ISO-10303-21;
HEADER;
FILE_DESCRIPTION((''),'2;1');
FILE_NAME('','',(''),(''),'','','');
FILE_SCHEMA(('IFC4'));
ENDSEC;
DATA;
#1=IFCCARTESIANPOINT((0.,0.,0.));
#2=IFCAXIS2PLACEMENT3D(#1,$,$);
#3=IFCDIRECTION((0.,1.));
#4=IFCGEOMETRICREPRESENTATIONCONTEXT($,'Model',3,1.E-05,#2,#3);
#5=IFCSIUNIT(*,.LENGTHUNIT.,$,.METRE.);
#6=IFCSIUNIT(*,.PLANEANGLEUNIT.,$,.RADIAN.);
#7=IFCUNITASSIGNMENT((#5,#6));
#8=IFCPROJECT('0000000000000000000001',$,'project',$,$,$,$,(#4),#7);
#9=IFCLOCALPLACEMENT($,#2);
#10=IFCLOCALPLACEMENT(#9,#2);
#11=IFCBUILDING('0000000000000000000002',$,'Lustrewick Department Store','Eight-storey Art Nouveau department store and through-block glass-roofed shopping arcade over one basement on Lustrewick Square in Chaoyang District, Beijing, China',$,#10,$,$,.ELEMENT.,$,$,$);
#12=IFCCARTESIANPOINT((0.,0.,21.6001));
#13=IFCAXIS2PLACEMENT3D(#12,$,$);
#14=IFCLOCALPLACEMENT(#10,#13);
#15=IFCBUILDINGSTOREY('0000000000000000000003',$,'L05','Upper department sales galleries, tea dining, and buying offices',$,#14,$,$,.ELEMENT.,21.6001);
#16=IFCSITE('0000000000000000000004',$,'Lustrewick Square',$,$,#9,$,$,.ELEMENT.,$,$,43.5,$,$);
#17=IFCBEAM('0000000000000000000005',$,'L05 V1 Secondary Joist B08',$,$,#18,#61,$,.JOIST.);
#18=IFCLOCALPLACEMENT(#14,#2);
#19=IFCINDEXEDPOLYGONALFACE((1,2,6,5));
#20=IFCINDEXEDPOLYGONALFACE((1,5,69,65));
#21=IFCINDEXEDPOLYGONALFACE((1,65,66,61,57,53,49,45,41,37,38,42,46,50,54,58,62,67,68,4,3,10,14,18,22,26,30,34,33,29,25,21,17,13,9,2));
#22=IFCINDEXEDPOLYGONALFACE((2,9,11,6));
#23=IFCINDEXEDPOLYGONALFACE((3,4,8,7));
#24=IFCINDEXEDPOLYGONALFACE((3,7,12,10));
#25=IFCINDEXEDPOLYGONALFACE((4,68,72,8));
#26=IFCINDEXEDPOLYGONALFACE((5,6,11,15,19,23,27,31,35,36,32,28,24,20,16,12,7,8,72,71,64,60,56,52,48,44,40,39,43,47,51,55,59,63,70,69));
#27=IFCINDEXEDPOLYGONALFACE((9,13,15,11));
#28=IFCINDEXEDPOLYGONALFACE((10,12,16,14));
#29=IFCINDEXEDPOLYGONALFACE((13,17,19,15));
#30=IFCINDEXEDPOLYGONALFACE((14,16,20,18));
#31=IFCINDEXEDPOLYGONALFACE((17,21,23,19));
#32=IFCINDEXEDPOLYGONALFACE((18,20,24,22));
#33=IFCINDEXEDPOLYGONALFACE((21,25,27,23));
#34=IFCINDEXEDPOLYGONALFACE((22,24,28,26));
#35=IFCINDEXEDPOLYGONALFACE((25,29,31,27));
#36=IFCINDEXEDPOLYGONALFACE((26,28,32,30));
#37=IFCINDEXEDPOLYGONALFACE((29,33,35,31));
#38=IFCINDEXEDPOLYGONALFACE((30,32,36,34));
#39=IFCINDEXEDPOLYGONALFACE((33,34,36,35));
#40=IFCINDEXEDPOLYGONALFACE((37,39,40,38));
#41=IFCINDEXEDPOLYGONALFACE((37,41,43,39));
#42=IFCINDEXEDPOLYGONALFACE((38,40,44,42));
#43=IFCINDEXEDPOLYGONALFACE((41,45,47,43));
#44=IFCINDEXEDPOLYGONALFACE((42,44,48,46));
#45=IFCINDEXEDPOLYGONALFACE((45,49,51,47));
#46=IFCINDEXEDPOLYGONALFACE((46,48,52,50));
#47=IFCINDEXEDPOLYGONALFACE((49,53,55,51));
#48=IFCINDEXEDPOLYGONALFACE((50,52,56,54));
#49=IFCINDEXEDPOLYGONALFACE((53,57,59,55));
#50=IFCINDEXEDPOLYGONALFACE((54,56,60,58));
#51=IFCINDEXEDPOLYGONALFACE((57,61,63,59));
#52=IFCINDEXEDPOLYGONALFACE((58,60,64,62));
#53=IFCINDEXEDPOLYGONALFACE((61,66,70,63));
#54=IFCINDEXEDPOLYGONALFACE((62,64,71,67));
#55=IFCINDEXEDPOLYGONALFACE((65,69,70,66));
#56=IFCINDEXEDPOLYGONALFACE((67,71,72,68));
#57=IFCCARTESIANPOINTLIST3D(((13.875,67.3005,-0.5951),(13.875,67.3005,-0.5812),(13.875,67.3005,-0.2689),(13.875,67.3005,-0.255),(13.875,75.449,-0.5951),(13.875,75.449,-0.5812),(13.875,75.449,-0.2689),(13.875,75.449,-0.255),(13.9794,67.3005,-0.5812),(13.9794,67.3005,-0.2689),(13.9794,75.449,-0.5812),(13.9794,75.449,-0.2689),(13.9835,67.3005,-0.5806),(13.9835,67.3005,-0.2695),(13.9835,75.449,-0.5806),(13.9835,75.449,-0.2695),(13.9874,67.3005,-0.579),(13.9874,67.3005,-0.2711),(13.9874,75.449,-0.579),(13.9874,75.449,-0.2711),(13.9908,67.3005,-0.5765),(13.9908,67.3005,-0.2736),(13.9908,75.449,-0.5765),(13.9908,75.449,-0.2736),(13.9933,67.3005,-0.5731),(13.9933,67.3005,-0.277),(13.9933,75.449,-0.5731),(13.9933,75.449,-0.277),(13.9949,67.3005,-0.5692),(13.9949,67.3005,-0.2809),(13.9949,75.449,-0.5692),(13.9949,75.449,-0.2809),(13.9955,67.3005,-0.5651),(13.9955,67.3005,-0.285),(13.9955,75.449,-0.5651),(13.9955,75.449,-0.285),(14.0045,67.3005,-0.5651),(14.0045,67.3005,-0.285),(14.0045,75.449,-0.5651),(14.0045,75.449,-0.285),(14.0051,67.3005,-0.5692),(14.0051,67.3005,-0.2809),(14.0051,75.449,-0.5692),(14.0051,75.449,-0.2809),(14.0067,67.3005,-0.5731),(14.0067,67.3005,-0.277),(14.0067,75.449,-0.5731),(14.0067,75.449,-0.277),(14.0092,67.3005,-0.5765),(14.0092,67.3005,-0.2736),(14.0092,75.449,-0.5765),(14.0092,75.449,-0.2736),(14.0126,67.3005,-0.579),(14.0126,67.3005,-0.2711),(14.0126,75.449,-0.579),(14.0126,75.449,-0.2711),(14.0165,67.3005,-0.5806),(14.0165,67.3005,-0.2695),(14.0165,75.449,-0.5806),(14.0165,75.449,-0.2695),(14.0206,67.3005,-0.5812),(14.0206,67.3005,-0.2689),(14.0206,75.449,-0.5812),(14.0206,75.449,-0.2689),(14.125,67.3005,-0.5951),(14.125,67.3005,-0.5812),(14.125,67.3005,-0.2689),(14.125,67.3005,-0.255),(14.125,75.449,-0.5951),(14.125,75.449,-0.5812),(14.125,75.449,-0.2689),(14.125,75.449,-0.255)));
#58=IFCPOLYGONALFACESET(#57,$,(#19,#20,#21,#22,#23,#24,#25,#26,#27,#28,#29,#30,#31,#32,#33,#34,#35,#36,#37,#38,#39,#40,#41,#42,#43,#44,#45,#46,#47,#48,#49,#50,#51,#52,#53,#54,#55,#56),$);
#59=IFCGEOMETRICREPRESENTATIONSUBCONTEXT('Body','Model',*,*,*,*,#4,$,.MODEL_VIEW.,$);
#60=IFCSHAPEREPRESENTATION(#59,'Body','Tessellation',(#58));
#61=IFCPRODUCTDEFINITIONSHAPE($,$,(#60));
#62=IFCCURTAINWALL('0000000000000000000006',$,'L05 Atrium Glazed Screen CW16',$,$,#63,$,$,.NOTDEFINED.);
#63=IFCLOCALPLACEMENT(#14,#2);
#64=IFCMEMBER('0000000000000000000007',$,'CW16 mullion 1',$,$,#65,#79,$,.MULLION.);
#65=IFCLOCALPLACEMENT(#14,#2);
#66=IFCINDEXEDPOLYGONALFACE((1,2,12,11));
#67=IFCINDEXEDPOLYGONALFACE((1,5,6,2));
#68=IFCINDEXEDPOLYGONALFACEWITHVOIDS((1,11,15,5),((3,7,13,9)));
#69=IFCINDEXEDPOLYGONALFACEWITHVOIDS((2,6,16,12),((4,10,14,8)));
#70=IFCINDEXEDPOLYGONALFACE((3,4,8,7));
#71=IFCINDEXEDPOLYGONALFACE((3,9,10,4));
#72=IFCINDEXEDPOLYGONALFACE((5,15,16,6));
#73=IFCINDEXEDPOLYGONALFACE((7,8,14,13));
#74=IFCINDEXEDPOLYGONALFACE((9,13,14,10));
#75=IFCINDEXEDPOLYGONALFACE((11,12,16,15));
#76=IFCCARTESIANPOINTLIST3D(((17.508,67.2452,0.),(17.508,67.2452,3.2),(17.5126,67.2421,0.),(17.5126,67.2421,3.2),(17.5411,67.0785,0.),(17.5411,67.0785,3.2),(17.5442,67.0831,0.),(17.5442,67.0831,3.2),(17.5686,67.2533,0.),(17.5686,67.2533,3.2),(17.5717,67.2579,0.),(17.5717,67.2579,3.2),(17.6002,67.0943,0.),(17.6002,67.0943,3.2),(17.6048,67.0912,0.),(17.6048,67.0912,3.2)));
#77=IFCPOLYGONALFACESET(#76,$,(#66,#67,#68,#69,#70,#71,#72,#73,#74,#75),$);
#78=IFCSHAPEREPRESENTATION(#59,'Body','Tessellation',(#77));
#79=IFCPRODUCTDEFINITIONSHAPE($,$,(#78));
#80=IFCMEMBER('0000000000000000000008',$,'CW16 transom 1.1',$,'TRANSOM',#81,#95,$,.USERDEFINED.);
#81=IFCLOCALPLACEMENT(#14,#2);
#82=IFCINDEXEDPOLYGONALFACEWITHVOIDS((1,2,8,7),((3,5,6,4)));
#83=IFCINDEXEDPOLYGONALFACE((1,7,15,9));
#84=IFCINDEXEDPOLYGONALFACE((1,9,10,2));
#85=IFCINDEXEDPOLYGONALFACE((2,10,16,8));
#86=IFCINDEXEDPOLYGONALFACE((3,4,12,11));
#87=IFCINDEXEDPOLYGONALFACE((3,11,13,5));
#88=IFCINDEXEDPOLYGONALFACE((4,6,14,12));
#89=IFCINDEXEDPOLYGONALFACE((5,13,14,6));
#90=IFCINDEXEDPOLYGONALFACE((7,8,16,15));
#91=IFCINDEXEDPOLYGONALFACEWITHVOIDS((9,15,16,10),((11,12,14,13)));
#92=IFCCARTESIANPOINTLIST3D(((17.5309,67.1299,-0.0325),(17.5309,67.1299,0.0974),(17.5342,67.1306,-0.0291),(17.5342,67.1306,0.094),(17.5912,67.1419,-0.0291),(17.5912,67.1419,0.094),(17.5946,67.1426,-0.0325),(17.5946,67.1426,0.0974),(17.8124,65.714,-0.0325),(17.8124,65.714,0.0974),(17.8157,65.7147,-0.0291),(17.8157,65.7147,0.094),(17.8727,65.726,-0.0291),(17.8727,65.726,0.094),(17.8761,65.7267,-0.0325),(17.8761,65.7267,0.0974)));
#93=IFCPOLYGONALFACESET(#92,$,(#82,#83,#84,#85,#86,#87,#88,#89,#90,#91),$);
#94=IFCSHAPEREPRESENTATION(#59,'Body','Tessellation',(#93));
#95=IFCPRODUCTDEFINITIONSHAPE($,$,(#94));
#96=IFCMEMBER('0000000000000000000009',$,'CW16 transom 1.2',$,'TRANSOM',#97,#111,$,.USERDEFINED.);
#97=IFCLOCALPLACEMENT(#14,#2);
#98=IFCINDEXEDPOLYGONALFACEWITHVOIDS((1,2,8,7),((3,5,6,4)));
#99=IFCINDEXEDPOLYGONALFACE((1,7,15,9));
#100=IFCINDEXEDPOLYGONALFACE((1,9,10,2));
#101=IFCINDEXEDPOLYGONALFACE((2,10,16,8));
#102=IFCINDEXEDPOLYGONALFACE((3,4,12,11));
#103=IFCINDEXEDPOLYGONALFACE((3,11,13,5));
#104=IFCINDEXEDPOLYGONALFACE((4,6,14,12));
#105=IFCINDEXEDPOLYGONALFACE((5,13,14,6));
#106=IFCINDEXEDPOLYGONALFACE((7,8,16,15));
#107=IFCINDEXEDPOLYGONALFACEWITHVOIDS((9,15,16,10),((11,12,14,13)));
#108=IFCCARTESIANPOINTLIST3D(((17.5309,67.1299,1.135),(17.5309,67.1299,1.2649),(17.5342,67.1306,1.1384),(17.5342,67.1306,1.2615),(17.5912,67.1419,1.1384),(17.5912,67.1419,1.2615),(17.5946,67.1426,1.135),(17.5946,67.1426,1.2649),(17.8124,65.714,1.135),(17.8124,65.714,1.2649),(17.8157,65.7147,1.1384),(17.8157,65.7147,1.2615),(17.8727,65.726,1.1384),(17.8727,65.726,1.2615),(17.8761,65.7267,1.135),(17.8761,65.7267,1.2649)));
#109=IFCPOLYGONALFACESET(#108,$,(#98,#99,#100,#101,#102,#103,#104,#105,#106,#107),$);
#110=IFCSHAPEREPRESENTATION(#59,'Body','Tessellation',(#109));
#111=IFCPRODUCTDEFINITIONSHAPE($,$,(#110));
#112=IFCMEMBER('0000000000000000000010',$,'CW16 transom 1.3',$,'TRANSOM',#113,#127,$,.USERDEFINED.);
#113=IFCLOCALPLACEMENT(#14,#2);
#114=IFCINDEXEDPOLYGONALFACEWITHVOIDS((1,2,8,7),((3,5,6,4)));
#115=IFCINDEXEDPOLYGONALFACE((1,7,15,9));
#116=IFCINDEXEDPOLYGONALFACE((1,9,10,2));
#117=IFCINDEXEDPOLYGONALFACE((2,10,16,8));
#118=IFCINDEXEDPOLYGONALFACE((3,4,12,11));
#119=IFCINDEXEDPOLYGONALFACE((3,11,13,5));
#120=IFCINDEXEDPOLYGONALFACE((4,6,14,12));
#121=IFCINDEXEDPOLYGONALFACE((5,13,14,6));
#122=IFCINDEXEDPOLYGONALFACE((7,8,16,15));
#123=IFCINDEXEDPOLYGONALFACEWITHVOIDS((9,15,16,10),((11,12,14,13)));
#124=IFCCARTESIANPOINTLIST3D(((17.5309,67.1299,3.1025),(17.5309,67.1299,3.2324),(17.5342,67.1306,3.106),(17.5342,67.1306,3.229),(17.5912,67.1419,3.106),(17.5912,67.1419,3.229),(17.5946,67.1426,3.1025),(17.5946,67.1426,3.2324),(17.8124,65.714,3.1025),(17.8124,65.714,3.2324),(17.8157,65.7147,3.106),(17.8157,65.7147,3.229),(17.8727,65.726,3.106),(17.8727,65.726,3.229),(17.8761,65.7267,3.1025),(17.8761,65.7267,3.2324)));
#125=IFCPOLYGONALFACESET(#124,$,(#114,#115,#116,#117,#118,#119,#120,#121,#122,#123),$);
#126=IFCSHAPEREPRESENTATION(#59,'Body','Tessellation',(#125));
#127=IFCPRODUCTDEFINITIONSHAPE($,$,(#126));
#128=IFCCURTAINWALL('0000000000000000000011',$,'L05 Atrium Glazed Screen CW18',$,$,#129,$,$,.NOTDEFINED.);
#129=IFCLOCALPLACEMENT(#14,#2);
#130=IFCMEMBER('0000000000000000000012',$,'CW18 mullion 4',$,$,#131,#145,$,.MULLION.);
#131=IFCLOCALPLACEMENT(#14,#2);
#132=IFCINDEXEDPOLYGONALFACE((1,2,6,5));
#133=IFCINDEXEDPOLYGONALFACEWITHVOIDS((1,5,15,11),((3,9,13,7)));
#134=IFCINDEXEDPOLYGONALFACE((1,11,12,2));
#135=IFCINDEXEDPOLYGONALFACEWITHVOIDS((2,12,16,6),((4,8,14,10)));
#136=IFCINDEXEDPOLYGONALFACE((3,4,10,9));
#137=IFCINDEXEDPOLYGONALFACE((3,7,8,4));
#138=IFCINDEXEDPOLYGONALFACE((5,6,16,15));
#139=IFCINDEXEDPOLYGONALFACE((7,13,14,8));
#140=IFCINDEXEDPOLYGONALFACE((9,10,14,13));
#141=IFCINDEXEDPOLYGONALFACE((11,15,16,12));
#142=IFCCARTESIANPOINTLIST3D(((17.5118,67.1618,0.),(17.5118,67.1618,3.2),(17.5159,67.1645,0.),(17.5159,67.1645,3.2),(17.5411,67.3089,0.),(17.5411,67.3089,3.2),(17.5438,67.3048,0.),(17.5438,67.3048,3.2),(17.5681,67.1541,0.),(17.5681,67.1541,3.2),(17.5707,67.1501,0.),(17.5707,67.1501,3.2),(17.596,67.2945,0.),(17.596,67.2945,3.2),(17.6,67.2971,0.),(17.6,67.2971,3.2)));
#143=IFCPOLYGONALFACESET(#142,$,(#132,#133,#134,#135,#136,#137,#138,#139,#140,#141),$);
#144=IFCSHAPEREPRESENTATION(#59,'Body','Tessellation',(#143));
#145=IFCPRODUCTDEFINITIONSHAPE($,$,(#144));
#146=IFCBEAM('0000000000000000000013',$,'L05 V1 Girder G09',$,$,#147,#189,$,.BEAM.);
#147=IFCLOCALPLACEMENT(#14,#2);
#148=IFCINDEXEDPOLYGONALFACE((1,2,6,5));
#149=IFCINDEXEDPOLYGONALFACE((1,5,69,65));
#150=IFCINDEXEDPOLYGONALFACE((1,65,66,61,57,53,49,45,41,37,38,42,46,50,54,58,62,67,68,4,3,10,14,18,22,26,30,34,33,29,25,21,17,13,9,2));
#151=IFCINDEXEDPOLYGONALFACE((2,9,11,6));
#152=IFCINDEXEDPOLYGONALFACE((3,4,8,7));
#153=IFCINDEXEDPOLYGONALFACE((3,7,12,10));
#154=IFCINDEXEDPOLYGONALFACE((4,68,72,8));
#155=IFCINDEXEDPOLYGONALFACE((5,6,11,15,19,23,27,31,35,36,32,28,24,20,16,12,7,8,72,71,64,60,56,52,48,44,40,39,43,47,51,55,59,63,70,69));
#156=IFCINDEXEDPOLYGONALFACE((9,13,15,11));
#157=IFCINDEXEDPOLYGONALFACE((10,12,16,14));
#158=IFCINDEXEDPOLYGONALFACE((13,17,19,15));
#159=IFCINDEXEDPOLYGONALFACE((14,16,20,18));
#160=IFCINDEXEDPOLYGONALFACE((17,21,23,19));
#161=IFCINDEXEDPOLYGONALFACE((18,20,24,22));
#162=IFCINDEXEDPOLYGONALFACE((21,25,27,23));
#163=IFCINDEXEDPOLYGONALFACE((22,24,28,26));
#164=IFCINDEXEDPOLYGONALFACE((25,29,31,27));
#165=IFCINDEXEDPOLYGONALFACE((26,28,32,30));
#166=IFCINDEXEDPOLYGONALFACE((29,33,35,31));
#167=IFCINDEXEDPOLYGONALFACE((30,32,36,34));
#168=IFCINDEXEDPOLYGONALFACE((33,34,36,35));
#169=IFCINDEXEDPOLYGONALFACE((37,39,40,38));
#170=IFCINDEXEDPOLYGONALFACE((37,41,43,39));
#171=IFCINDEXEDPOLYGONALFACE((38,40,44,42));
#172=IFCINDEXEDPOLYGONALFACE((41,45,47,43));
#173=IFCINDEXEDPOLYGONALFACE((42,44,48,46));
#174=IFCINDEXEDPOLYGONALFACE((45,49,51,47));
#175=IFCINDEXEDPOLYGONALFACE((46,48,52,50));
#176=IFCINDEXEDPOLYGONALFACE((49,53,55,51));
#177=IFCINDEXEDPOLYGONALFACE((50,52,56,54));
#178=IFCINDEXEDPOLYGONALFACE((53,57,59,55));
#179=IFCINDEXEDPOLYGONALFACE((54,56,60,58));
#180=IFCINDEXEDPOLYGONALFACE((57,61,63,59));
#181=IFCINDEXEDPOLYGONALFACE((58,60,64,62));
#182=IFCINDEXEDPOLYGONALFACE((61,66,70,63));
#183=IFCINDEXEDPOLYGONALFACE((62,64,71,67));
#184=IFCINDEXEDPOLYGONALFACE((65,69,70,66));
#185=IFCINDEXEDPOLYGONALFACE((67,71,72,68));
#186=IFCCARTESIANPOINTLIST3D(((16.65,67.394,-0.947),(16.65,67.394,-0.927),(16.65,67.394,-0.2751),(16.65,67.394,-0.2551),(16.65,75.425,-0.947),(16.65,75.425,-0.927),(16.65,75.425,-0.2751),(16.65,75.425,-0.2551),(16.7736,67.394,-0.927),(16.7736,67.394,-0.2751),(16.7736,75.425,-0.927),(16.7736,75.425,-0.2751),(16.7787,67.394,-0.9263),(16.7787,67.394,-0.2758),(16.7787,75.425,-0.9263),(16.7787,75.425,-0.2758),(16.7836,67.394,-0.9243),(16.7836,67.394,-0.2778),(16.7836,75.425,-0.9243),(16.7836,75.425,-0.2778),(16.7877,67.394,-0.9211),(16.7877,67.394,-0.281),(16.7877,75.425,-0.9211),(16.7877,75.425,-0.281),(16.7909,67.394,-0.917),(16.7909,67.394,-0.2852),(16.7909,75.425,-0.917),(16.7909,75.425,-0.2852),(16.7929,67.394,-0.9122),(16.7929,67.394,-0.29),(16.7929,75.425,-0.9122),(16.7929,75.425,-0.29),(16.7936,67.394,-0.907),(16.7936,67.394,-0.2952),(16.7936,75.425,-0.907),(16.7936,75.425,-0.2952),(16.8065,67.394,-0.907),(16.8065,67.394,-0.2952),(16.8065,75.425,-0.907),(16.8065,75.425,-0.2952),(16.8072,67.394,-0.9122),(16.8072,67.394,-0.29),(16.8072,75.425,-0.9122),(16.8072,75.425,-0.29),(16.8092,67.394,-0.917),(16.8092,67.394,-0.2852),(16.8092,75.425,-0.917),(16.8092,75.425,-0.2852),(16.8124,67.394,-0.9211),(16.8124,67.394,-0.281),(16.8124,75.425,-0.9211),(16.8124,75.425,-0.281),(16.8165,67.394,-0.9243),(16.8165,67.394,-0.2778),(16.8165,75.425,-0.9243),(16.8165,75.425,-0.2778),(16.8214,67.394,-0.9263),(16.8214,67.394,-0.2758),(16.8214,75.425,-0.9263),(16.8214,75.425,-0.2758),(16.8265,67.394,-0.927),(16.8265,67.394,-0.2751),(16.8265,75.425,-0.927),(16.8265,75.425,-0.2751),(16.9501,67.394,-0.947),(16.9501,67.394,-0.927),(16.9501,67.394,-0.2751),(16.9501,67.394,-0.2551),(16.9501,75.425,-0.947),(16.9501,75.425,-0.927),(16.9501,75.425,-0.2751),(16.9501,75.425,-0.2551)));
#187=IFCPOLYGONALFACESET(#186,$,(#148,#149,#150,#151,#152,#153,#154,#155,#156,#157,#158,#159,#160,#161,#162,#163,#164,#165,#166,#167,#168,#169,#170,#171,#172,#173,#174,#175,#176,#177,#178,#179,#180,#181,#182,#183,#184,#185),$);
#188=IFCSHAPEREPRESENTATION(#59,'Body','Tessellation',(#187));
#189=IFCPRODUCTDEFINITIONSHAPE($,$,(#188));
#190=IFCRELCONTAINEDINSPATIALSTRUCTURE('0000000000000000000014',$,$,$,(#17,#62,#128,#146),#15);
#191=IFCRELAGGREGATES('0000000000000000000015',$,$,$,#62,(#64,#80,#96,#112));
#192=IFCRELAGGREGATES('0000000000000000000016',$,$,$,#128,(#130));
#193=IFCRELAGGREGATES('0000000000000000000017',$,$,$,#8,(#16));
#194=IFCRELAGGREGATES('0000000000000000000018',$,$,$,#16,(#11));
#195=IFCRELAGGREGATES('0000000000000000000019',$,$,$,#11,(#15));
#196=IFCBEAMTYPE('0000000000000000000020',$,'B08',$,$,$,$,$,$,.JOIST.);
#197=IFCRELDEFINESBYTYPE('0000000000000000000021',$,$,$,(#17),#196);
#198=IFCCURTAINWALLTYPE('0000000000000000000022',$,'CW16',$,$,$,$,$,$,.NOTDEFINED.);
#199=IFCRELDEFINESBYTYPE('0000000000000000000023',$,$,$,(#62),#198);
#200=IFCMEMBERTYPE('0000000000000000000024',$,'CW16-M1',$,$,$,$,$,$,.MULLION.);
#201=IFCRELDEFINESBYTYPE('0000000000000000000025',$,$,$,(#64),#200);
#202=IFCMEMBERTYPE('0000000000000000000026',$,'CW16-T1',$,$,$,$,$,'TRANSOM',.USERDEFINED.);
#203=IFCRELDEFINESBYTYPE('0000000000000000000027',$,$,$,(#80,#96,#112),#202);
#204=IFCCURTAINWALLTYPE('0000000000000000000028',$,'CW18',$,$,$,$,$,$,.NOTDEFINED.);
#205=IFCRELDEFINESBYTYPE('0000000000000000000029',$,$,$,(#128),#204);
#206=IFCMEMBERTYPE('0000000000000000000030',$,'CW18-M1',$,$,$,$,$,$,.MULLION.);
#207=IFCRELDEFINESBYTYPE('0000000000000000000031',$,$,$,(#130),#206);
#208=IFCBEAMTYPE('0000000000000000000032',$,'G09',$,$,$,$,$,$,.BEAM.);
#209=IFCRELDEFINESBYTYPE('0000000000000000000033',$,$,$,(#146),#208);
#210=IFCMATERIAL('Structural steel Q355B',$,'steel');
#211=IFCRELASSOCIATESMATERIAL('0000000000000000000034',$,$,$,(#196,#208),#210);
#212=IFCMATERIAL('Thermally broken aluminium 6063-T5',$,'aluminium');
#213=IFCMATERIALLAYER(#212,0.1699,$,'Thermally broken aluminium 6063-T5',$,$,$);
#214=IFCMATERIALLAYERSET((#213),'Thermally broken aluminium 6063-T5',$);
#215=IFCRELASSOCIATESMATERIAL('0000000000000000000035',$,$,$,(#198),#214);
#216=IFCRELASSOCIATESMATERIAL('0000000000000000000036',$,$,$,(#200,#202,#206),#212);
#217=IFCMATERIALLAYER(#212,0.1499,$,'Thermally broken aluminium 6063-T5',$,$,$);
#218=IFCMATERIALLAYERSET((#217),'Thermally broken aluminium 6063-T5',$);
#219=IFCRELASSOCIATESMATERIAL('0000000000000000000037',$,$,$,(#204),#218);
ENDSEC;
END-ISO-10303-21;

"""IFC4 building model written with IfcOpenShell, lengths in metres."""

from ifc_helpers import new_model, si_unit, direction, frame, origin, origin_2d, place, context, subcontext, project, spatial, hollow_rectangle, i_section, extrude, material, layer, layer_set, material_profile, profile_set, type_object, element, aggregate, save


model = new_model("IFC4")

# Units and contexts
model_context = context("Model", 3, precision=1e-05, world=origin(), true_north=direction((0.0, 1.0)))
body_context = subcontext(model_context, "Body", "Model", "MODEL_VIEW")
ifc_project = project(units=[si_unit("LENGTHUNIT", "METRE"), si_unit("PLANEANGLEUNIT", "RADIAN")], contexts=[model_context])

# Site, building, storey
site_placement = place(None, origin())
site = spatial("IfcSite", under=ifc_project, at=site_placement, Name="Lustrewick Square", CompositionType="ELEMENT", RefElevation=43.5)
building_placement = place(site_placement, origin())
building = spatial("IfcBuilding", under=site, at=building_placement, Name="Lustrewick Department Store", Description="Eight-storey Art Nouveau department store and through-block glass-roofed shopping arcade over one basement on Lustrewick Square in Chaoyang District, Beijing, China", CompositionType="ELEMENT")
storey_placement = place(building_placement, frame((0.0, 0.0, 21.6001)))
storey = spatial("IfcBuildingStorey", under=building, at=storey_placement, Name="L05", Description="Upper department sales galleries, tea dining, and buying offices", CompositionType="ELEMENT", Elevation=21.6001)

# Shared definitions
ifc_material_1 = material(Name="Structural steel Q355B", Category="steel")

# Beam
ifc_material_profile_1 = material_profile(ifc_material_1, i_section(OverallWidth=0.25, OverallDepth=0.3401, WebThickness=0.009, FlangeThickness=0.0139, FilletRadius=0.0161, at=origin_2d()), Name="HM 340x250x9x14")
ifc_profile_set_1 = profile_set([ifc_material_profile_1], Name="Structural steel Q355B")
beam_type_1 = type_object("IfcBeamType", Name="B08", PredefinedType="JOIST", material=ifc_profile_set_1)
beam_1_placement = place(storey_placement, frame((14.0, 67.3005, -0.425), z_axis=(0.0, 1.0, 0.0), x_axis=(-1.0, 0.0, 0.0)))
element("IfcBeam", 1, at=beam_1_placement, inside=storey, type_object=beam_type_1, Name="L05 V1 Secondary Joist B08", PredefinedType="JOIST", context=body_context, shape_type="SweptSolid", body=[
    extrude(i_section(OverallWidth=0.25, OverallDepth=0.3401, WebThickness=0.009, FlangeThickness=0.0139, FilletRadius=0.0161, at=origin_2d()), origin(), (0.0, 0.0, 1.0), 8.1484),
])

# Curtain wall, members
ifc_material_2 = material(Name="Thermally broken aluminium 6063-T5", Category="aluminium")
ifc_layer_1 = layer(ifc_material_2, 0.1699, Name="Thermally broken aluminium 6063-T5")
ifc_layer_set_1 = layer_set([ifc_layer_1], Name="Thermally broken aluminium 6063-T5")
curtain_wall_type_1 = type_object("IfcCurtainWallType", Name="CW16", PredefinedType="NOTDEFINED", material=ifc_layer_set_1)
curtain_wall_1_placement = place(storey_placement, origin())
curtain_wall_1 = element("IfcCurtainWall", 2, at=curtain_wall_1_placement, inside=storey, type_object=curtain_wall_type_1, Name="L05 Atrium Glazed Screen CW16", PredefinedType="NOTDEFINED")
ifc_material_profile_2 = material_profile(ifc_material_2, hollow_rectangle(XDim=0.0649, YDim=0.1699, WallThickness=0.0039, at=origin_2d()), Name="ALU-M 65x170x4")
ifc_profile_set_2 = profile_set([ifc_material_profile_2], Name="Thermally broken aluminium 6063-T5")
member_type_1 = type_object("IfcMemberType", Name="CW16-M1", PredefinedType="MULLION", material=ifc_profile_set_2)
member_1_placement = place(storey_placement, frame((17.5564, 67.1682, 0.0), z_axis=(0.0, 0.0, 1.0), x_axis=(0.980786, 0.195085, 0.0)))
member_1 = element("IfcMember", 3, at=member_1_placement, type_object=member_type_1, Name="CW16 mullion 1", PredefinedType="MULLION", context=body_context, shape_type="SweptSolid", body=[
    extrude(hollow_rectangle(XDim=0.0649, YDim=0.1699, WallThickness=0.0039, at=origin_2d()), origin(), (0.0, 0.0, 1.0), 3.2),
])
ifc_material_profile_3 = material_profile(ifc_material_2, hollow_rectangle(XDim=0.0649, YDim=0.1299, WallThickness=0.0034, at=origin_2d()), Name="ALU-T 65x130x3.5")
ifc_profile_set_3 = profile_set([ifc_material_profile_3], Name="Thermally broken aluminium 6063-T5")
member_type_2 = type_object("IfcMemberType", Name="CW16-T1", ElementType="TRANSOM", PredefinedType="USERDEFINED", material=ifc_profile_set_3)
member_2_placement = place(storey_placement, frame((17.5627, 67.1362, 0.0325), z_axis=(0.194978, -0.980808, 0.0), x_axis=(0.980808, 0.194978, 0.0)))
member_2 = element("IfcMember", 4, at=member_2_placement, type_object=member_type_2, Name="CW16 transom 1.1", ObjectType="TRANSOM", PredefinedType="USERDEFINED", context=body_context, shape_type="SweptSolid", body=[
    extrude(hollow_rectangle(XDim=0.0649, YDim=0.1299, WallThickness=0.0034, at=origin_2d()), origin(), (0.0, 0.0, 1.0), 1.4436),
])
member_3_placement = place(storey_placement, frame((17.5627, 67.1362, 1.2), z_axis=(0.194978, -0.980808, 0.0), x_axis=(0.980808, 0.194978, 0.0)))
member_3 = element("IfcMember", 5, at=member_3_placement, type_object=member_type_2, Name="CW16 transom 1.2", ObjectType="TRANSOM", PredefinedType="USERDEFINED", context=body_context, shape_type="SweptSolid", body=[
    extrude(hollow_rectangle(XDim=0.0649, YDim=0.1299, WallThickness=0.0034, at=origin_2d()), origin(), (0.0, 0.0, 1.0), 1.4436),
])
member_4_placement = place(storey_placement, frame((17.5627, 67.1362, 3.1675), z_axis=(0.194978, -0.980808, 0.0), x_axis=(0.980808, 0.194978, 0.0)))
member_4 = element("IfcMember", 6, at=member_4_placement, type_object=member_type_2, Name="CW16 transom 1.3", ObjectType="TRANSOM", PredefinedType="USERDEFINED", context=body_context, shape_type="SweptSolid", body=[
    extrude(hollow_rectangle(XDim=0.0649, YDim=0.1299, WallThickness=0.0034, at=origin_2d()), origin(), (0.0, 0.0, 1.0), 1.4436),
])
aggregate(curtain_wall_1, [member_1, member_2, member_3, member_4])

# Curtain wall, member
ifc_layer_2 = layer(ifc_material_2, 0.1499, Name="Thermally broken aluminium 6063-T5")
ifc_layer_set_2 = layer_set([ifc_layer_2], Name="Thermally broken aluminium 6063-T5")
curtain_wall_type_2 = type_object("IfcCurtainWallType", Name="CW18", PredefinedType="NOTDEFINED", material=ifc_layer_set_2)
curtain_wall_2_placement = place(storey_placement, origin())
curtain_wall_2 = element("IfcCurtainWall", 7, at=curtain_wall_2_placement, inside=storey, type_object=curtain_wall_type_2, Name="L05 Atrium Glazed Screen CW18", PredefinedType="NOTDEFINED")
ifc_material_profile_4 = material_profile(ifc_material_2, hollow_rectangle(XDim=0.0601, YDim=0.1499, WallThickness=0.0034, at=origin_2d()), Name="ALU-M 60x150x3.5")
ifc_profile_set_4 = profile_set([ifc_material_profile_4], Name="Thermally broken aluminium 6063-T5")
member_type_3 = type_object("IfcMemberType", Name="CW18-M1", PredefinedType="MULLION", material=ifc_profile_set_4)
member_5_placement = place(storey_placement, frame((17.5559, 67.2295, 0.0), z_axis=(0.0, 0.0, 1.0), x_axis=(0.980786, -0.195085, 0.0)))
member_5 = element("IfcMember", 8, at=member_5_placement, type_object=member_type_3, Name="CW18 mullion 4", PredefinedType="MULLION", context=body_context, shape_type="SweptSolid", body=[
    extrude(hollow_rectangle(XDim=0.0601, YDim=0.1499, WallThickness=0.0034, at=origin_2d()), origin(), (0.0, 0.0, 1.0), 3.2),
])

# Beam
ifc_material_profile_5 = material_profile(ifc_material_1, i_section(OverallWidth=0.3, OverallDepth=0.6919, WebThickness=0.0129, FlangeThickness=0.02, FilletRadius=0.02, at=origin_2d()), Name="HN 692x300x13x20")
ifc_profile_set_5 = profile_set([ifc_material_profile_5], Name="Structural steel Q355B")
beam_type_2 = type_object("IfcBeamType", Name="G09", PredefinedType="BEAM", material=ifc_profile_set_5)
beam_2_placement = place(storey_placement, frame((16.8, 67.394, -0.6011), z_axis=(0.0, 1.0, 0.0), x_axis=(-1.0, 0.0, 0.0)))
element("IfcBeam", 9, at=beam_2_placement, inside=storey, type_object=beam_type_2, Name="L05 V1 Girder G09", PredefinedType="BEAM", context=body_context, shape_type="SweptSolid", body=[
    extrude(i_section(OverallWidth=0.3, OverallDepth=0.6919, WebThickness=0.0129, FlangeThickness=0.02, FilletRadius=0.02, at=origin_2d()), origin(), (0.0, 0.0, 1.0), 8.031),
])

aggregate(curtain_wall_2, [member_5])

save(model, "model.ifc")
